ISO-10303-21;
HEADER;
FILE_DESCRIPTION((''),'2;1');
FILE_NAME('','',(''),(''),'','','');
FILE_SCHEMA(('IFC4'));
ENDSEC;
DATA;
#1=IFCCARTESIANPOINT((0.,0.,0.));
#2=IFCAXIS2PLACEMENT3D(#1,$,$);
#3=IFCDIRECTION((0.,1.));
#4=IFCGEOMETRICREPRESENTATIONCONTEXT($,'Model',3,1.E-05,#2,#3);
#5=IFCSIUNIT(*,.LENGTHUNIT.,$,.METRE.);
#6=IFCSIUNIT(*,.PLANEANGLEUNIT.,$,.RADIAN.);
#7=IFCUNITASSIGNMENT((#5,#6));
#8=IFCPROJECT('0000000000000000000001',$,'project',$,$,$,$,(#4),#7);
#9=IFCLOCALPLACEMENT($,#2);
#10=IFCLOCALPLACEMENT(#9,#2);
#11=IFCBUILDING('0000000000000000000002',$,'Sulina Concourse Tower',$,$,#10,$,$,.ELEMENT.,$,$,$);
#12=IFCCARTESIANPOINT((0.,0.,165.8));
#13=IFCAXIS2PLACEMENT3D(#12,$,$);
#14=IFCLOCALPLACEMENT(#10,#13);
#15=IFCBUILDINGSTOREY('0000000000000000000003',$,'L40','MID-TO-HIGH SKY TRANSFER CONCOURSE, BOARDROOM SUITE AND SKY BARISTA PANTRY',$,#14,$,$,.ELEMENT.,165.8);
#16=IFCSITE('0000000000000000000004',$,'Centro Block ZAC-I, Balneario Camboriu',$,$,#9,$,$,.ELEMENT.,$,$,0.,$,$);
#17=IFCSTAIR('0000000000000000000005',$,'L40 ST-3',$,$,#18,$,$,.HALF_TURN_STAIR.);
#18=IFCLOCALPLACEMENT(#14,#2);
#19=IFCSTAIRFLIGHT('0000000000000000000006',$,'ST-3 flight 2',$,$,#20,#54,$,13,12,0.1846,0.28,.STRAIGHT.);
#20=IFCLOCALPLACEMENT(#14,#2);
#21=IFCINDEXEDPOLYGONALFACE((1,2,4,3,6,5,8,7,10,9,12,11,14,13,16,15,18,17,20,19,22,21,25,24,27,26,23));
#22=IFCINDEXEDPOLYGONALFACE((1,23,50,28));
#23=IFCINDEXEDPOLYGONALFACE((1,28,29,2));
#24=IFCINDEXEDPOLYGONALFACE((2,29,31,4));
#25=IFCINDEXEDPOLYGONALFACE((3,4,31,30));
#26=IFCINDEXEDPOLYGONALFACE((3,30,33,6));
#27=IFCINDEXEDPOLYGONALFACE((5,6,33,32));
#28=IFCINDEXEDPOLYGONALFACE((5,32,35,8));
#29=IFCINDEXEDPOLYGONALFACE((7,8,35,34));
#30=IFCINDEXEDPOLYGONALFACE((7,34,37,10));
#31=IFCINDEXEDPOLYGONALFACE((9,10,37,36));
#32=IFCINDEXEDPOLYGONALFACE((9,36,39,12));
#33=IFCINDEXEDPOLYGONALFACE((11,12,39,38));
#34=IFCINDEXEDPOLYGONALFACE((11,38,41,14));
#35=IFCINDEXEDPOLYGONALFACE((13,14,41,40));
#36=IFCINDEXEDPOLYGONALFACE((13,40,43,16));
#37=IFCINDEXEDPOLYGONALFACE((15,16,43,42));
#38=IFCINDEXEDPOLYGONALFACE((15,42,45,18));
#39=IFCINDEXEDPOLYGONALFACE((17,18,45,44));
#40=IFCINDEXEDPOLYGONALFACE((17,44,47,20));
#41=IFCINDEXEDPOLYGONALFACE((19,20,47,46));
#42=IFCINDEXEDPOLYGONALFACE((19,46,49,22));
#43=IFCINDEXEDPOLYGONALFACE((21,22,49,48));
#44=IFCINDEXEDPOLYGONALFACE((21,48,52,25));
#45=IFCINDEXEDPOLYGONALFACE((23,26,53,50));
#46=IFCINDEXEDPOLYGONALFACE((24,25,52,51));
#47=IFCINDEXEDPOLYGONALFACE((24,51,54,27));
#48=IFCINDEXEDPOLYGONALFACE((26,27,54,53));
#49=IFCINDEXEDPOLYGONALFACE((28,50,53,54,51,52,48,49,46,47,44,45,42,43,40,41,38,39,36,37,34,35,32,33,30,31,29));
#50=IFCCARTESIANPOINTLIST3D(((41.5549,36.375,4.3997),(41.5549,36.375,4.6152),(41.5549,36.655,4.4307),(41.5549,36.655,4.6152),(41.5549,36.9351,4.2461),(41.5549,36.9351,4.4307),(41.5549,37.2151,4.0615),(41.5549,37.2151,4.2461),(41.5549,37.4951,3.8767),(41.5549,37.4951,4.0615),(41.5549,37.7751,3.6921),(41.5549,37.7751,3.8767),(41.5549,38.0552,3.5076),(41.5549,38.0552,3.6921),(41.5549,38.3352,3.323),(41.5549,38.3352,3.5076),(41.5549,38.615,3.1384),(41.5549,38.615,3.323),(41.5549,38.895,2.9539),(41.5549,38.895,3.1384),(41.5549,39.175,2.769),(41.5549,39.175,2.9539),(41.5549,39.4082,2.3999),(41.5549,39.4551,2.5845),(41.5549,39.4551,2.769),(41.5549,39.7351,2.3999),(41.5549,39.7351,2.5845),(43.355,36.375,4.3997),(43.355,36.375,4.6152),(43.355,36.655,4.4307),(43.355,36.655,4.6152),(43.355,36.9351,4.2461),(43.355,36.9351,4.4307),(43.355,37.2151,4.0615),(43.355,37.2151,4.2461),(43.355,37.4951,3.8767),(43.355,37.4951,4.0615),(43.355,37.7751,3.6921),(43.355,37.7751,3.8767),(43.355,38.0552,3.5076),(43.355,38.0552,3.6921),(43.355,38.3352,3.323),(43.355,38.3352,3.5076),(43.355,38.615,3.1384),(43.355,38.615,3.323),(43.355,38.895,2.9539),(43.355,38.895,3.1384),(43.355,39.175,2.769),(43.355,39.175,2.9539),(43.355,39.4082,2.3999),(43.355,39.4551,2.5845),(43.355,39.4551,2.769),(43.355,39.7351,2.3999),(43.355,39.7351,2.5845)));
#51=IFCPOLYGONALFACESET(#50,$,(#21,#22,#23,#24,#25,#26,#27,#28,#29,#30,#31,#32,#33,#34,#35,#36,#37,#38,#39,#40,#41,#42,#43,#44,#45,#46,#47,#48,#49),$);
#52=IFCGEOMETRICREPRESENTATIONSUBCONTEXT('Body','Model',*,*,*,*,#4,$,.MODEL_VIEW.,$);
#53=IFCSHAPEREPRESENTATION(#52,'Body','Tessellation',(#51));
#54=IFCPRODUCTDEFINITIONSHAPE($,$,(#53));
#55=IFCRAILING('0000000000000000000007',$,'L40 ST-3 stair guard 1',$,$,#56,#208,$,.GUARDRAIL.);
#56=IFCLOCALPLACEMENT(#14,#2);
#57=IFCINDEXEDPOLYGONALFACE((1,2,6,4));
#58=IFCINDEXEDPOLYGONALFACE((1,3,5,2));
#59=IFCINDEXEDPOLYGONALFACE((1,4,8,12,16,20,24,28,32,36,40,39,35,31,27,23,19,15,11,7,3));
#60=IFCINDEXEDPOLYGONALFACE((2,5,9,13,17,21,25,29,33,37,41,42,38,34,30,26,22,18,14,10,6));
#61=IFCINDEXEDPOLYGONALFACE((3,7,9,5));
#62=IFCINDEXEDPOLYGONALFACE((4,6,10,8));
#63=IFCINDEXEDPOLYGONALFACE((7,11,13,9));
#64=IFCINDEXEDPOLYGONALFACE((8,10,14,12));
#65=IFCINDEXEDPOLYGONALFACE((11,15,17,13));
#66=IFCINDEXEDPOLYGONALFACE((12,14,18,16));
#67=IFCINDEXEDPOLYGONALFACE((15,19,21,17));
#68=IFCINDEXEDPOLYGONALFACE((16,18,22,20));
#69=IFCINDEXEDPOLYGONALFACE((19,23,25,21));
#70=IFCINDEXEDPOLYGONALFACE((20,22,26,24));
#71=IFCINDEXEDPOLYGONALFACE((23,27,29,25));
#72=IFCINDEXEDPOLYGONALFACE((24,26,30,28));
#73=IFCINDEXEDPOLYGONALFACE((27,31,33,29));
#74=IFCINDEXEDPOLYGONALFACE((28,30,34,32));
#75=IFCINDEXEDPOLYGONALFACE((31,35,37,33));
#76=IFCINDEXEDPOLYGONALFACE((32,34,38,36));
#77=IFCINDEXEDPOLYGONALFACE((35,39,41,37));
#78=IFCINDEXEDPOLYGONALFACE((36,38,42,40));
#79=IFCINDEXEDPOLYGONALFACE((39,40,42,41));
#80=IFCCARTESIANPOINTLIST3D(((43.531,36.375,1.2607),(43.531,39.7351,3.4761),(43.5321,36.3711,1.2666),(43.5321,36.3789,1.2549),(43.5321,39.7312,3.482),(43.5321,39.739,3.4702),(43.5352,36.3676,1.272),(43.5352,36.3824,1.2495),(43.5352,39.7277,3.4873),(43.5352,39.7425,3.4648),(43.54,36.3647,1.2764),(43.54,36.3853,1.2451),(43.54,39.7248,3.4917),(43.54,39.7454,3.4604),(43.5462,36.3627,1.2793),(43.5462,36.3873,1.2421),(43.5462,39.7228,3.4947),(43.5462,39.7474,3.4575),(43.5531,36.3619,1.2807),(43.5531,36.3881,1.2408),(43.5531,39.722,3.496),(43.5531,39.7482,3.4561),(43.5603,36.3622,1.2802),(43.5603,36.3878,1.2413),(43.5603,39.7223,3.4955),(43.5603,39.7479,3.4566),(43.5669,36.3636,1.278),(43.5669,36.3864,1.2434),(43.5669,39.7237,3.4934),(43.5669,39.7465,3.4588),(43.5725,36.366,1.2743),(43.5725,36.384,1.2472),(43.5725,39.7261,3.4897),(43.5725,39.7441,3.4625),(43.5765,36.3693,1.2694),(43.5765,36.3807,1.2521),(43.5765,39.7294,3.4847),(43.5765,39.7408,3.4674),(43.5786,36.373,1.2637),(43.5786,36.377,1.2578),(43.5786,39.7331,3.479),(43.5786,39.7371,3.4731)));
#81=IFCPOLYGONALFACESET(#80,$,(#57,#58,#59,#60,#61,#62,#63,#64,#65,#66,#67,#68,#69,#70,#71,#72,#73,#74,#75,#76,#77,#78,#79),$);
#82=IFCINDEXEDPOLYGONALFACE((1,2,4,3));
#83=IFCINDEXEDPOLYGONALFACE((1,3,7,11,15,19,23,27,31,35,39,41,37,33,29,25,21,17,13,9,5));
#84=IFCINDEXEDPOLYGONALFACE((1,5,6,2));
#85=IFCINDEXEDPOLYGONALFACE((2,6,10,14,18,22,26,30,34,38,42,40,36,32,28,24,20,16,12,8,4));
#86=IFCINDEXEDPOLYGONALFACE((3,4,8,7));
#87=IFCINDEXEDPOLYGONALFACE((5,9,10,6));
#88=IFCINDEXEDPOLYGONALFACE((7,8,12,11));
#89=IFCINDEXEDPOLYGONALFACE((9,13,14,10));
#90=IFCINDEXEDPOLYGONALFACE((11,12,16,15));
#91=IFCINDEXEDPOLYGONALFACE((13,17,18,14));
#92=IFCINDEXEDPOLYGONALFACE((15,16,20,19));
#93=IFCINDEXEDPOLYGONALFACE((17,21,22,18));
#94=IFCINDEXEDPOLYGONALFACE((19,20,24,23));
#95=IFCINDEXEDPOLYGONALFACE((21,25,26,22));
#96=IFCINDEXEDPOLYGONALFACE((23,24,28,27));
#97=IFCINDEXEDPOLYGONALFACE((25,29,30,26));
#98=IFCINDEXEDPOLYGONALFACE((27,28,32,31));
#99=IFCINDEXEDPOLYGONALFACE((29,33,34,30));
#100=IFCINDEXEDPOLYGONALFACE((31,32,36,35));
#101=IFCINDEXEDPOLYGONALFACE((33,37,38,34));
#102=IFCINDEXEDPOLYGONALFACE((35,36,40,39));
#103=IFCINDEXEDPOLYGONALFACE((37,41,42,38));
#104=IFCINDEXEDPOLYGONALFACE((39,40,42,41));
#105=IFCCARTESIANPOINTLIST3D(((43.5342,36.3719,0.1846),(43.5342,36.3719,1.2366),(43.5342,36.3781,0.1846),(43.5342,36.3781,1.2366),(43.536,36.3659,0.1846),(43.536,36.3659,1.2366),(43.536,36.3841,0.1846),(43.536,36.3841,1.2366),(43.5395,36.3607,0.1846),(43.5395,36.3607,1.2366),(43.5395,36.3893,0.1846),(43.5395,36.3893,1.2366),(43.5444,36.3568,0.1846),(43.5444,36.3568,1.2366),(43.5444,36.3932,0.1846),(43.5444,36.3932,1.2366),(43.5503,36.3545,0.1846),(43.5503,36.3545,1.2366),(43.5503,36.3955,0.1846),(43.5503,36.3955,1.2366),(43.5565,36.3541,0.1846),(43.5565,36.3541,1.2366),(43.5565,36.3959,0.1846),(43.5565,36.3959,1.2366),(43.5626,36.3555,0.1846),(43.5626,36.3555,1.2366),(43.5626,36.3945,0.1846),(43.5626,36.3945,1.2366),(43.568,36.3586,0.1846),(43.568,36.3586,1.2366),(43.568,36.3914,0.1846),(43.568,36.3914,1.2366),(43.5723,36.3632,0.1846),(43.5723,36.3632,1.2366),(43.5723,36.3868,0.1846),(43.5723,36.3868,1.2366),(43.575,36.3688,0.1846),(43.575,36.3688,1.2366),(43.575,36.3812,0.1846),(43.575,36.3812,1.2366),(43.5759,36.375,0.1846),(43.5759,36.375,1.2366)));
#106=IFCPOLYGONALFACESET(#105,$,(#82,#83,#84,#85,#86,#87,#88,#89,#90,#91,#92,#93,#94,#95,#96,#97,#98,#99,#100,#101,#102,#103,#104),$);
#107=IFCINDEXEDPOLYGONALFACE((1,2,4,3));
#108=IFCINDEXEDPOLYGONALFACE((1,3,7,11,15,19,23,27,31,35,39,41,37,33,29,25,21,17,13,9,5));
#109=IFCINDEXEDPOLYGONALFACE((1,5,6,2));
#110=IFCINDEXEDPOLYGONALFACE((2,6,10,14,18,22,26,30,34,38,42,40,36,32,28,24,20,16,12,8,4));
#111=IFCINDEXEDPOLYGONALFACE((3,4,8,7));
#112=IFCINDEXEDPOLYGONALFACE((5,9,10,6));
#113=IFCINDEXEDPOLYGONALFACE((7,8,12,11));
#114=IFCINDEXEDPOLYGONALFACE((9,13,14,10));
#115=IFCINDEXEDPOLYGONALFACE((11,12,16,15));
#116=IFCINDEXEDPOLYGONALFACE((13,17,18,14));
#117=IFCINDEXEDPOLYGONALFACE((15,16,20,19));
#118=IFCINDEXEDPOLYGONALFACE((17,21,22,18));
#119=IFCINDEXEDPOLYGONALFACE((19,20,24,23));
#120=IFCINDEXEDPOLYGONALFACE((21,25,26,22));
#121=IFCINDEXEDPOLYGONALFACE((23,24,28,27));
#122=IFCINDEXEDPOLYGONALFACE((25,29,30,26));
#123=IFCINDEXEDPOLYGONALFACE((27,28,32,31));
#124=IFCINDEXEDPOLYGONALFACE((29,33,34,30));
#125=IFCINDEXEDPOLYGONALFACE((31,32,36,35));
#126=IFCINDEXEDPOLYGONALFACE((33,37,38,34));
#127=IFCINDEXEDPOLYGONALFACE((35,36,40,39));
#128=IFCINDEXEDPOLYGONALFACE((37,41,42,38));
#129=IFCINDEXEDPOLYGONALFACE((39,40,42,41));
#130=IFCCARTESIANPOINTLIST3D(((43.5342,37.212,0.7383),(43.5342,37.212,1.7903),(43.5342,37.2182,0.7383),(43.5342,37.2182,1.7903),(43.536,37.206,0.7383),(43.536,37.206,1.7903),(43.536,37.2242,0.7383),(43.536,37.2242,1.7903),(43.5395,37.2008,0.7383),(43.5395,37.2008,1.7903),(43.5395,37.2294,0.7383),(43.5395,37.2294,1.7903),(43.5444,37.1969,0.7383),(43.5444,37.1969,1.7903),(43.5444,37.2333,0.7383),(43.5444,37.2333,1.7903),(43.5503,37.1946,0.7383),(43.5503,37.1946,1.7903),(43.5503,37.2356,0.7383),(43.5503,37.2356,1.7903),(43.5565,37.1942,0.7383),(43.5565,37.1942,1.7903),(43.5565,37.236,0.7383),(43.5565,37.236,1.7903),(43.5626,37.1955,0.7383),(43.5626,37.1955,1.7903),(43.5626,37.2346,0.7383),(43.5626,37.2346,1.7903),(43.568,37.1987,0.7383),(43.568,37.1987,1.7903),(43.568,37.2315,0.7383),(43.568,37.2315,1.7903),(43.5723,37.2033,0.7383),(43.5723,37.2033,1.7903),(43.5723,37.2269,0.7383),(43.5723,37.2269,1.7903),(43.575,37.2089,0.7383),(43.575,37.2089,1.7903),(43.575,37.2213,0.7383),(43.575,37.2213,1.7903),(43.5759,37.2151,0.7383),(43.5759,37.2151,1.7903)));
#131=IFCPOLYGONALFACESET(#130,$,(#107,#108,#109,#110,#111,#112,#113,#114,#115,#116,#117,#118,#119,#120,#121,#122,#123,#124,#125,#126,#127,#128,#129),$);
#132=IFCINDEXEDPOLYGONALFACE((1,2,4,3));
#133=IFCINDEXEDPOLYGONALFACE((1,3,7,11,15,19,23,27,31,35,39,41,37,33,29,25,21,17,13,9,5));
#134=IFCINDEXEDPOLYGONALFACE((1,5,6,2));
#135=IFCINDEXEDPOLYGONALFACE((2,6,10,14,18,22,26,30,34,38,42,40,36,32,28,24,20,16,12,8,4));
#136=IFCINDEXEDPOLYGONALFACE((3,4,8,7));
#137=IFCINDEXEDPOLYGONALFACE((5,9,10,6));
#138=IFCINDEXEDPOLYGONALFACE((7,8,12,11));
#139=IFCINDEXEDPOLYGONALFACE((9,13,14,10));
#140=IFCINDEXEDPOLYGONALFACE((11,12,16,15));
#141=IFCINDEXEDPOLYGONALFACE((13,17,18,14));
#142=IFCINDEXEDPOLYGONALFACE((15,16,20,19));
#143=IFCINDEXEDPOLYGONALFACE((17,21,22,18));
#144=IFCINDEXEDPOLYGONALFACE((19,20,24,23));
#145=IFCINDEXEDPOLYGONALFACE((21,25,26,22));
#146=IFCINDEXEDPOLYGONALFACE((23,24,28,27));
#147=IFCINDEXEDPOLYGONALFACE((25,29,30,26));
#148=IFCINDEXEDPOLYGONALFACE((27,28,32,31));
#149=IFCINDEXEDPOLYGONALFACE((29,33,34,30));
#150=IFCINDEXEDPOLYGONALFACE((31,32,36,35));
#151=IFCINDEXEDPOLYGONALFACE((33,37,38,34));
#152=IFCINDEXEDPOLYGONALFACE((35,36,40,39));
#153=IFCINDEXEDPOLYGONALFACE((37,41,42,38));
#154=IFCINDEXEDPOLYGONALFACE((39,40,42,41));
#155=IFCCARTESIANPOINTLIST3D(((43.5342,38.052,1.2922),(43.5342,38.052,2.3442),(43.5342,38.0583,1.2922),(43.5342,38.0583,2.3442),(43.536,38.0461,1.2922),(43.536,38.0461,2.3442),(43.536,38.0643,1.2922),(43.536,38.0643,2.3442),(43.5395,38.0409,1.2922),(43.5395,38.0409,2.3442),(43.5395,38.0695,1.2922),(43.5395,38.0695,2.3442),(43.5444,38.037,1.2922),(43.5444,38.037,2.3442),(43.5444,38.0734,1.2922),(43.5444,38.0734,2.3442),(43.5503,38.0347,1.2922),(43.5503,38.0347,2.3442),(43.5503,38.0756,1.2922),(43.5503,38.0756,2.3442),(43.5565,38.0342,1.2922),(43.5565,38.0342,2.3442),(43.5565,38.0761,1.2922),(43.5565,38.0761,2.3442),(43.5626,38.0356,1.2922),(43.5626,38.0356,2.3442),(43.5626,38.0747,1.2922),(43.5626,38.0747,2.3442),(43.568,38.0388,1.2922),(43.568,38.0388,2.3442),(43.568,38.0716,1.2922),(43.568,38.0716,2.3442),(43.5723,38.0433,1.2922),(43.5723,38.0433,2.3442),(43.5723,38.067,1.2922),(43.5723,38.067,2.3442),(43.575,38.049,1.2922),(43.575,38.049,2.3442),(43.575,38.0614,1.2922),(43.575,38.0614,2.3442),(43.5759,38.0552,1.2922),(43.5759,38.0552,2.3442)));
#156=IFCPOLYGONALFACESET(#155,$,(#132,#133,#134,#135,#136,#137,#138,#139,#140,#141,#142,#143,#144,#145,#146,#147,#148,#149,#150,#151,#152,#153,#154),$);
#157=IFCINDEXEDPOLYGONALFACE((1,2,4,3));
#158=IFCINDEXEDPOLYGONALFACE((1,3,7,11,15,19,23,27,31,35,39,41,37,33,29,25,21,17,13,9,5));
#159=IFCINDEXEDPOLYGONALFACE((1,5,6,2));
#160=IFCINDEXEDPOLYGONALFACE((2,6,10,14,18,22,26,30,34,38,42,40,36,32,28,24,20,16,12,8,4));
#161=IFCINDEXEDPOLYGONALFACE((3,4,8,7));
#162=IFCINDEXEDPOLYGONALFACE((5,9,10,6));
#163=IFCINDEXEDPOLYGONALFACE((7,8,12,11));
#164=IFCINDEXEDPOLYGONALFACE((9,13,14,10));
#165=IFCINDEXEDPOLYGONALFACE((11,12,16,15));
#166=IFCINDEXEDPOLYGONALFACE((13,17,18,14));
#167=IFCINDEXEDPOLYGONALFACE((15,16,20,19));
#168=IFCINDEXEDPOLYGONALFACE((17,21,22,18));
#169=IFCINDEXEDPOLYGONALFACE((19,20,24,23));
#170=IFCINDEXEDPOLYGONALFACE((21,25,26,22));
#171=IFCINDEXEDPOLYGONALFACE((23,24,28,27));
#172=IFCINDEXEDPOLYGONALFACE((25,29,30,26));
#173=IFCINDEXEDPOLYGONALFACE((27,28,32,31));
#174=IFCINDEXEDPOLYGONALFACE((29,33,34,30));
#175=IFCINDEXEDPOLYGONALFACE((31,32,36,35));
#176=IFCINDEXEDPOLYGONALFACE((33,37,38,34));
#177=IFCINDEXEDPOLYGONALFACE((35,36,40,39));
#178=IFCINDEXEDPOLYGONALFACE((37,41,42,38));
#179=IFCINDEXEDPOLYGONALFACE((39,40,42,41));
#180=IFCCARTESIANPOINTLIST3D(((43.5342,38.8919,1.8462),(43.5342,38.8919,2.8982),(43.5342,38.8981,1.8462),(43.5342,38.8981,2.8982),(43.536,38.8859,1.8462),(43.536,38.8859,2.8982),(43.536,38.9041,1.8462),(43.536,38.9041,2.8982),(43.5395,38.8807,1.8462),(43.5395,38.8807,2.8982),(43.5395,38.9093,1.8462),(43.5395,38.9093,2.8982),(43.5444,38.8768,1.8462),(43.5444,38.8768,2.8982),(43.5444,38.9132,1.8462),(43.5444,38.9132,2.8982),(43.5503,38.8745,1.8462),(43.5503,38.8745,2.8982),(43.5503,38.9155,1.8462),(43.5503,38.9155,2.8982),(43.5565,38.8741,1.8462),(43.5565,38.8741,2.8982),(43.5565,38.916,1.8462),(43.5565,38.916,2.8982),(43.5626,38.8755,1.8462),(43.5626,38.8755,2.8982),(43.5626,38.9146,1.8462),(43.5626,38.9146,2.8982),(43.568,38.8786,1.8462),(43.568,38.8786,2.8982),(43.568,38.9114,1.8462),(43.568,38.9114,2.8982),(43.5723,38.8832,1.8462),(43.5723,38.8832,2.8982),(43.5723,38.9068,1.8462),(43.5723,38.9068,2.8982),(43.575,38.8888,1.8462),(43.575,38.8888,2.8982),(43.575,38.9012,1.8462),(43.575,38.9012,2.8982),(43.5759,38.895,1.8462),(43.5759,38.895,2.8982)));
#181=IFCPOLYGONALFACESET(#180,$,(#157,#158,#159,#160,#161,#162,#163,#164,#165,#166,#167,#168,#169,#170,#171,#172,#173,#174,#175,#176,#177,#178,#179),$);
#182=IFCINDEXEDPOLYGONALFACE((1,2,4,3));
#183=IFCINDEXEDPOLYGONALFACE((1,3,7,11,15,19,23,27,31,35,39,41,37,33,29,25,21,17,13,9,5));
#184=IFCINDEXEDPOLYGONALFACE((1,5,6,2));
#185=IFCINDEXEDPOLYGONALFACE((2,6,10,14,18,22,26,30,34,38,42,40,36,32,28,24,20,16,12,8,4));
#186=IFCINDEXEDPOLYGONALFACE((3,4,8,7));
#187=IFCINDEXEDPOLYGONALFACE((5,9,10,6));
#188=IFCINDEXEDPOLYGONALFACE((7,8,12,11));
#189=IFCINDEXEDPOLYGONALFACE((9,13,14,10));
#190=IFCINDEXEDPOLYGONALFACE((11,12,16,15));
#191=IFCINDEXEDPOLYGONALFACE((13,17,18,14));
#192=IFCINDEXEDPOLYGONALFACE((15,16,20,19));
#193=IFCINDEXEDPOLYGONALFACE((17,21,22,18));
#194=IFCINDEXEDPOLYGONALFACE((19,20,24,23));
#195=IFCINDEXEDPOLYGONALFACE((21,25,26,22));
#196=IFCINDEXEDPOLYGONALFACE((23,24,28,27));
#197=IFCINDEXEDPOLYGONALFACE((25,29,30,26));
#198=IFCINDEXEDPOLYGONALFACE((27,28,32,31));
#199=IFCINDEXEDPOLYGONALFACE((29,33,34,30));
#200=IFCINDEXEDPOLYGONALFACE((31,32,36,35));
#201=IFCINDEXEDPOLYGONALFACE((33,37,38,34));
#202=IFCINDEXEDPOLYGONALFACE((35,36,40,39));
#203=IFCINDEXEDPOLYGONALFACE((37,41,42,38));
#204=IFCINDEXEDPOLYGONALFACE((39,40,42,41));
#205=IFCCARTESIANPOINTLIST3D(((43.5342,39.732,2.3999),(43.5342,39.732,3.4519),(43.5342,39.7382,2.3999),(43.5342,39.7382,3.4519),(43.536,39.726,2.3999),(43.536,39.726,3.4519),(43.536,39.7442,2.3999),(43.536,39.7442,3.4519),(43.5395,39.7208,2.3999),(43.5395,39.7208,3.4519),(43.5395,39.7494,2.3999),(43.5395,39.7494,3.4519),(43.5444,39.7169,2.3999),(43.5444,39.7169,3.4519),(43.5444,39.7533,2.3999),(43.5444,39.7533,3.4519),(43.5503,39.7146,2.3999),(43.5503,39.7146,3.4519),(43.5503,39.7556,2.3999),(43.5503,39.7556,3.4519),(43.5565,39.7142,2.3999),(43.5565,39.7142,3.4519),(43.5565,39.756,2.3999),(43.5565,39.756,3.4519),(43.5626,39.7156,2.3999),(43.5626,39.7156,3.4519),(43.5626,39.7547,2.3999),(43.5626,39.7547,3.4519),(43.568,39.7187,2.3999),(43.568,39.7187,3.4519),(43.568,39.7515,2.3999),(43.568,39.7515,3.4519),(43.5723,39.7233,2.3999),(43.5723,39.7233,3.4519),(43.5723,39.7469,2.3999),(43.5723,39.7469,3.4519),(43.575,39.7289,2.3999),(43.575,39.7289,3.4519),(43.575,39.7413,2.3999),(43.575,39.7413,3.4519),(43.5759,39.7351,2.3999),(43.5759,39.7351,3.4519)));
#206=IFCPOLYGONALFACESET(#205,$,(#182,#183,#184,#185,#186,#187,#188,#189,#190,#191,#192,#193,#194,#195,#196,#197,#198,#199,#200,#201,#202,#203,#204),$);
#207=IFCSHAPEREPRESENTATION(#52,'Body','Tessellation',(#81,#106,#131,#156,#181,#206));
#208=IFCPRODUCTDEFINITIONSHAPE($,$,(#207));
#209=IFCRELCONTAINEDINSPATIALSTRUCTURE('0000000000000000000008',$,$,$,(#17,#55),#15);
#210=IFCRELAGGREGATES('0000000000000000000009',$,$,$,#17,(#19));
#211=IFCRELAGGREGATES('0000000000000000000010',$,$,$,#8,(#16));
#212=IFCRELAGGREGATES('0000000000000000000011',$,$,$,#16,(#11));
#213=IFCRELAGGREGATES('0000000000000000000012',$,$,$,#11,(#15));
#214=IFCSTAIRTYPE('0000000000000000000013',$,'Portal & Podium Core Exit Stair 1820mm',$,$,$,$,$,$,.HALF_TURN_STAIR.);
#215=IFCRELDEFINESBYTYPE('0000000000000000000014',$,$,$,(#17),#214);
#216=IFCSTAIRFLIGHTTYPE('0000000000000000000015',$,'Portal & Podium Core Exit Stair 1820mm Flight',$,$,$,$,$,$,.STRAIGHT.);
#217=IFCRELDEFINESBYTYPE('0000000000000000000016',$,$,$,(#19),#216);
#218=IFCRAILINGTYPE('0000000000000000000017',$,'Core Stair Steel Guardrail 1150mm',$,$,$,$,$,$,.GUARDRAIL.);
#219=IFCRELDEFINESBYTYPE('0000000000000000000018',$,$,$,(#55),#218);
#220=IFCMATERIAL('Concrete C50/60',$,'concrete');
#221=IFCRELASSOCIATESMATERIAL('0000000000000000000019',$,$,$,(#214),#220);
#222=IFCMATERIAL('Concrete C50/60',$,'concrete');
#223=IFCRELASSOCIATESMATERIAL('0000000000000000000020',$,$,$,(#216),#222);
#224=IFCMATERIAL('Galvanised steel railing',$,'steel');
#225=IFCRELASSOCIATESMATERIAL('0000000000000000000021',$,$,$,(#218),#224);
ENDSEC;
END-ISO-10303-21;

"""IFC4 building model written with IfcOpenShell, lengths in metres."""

from ifc_helpers import new_model, si_unit, direction, frame, origin, origin_2d, place, context, subcontext, project, spatial, polyline, circle, outline, extrude, material, type_object, element, aggregate, save


model = new_model("IFC4")

# Units and contexts
model_context = context("Model", 3, precision=1e-05, world=origin(), true_north=direction((0.0, 1.0)))
body_context = subcontext(model_context, "Body", "Model", "MODEL_VIEW")
ifc_project = project(units=[si_unit("LENGTHUNIT", "METRE"), si_unit("PLANEANGLEUNIT", "RADIAN")], contexts=[model_context])

# Site, building, storey
site_placement = place(None, origin())
site = spatial("IfcSite", under=ifc_project, at=site_placement, Name="Centro Block ZAC-I, Balneario Camboriu", CompositionType="ELEMENT", RefElevation=0.0)
building_placement = place(site_placement, origin())
building = spatial("IfcBuilding", under=site, at=building_placement, Name="Sulina Concourse Tower", CompositionType="ELEMENT")
storey_placement = place(building_placement, frame((0.0, 0.0, 165.8)))
storey = spatial("IfcBuildingStorey", under=building, at=storey_placement, Name="L40", Description="MID-TO-HIGH SKY TRANSFER CONCOURSE, BOARDROOM SUITE AND SKY BARISTA PANTRY", CompositionType="ELEMENT", Elevation=165.8)

# Stair, stair flight
ifc_material_1 = material(Name="Concrete C50/60", Category="concrete")
stair_type = type_object("IfcStairType", Name="Portal & Podium Core Exit Stair 1820mm", PredefinedType="HALF_TURN_STAIR", material=ifc_material_1)
stair_placement = place(storey_placement, origin())
stair = element("IfcStair", 1, at=stair_placement, inside=storey, type_object=stair_type, Name="L40 ST-3", PredefinedType="HALF_TURN_STAIR")
ifc_material_2 = material(Name="Concrete C50/60", Category="concrete")
stair_flight_type = type_object("IfcStairFlightType", Name="Portal & Podium Core Exit Stair 1820mm Flight", PredefinedType="STRAIGHT", material=ifc_material_2)
stair_flight_1_placement = place(storey_placement, frame((42.4551, 39.7351, 2.3999), z_axis=(0.0, 0.0, 1.0), x_axis=(0.0, -1.0, 0.0)))
stair_flight_1 = element("IfcStairFlight", 2, at=stair_flight_1_placement, type_object=stair_flight_type, Name="ST-3 flight 2", NumberOfRisers=13, NumberOfTreads=12, PredefinedType="STRAIGHT", RiserHeight=0.1846, TreadLength=0.28, context=body_context, shape_type="SweptSolid", body=[
    extrude(outline(polyline([(0.0, 0.0), (0.0, 0.1846), (0.28, 0.1846), (0.28, 0.3691), (0.5601, 0.3691), (0.5601, 0.554), (0.8401, 0.554), (0.8401, 0.7385), (1.1201, 0.7385), (1.1201, 0.9231), (1.3999, 0.9231), (1.3999, 1.1077), (1.6799, 1.1077), (1.6799, 1.2922), (1.96, 1.2922), (1.96, 1.4768), (2.24, 1.4768), (2.24, 1.6616), (2.52, 1.6616), (2.52, 1.8462), (2.8, 1.8462), (2.8, 2.0308), (3.0801, 2.0308), (3.0801, 2.2153), (3.3601, 2.2153), (3.3601, 2.3999), (3.3601, 1.9998), (0.3269, 0.0), (0.0, 0.0)])), frame((0.0, 0.8999, 0.0), z_axis=(0.0, -1.0, 0.0), x_axis=(1.0, 0.0, 0.0)), (0.0, 0.0, 1.0), 1.8),
])
aggregate(stair, [stair_flight_1])

# Railing
ifc_material_3 = material(Name="Galvanised steel railing", Category="steel")
railing_type_1 = type_object("IfcRailingType", Name="Core Stair Steel Guardrail 1150mm", PredefinedType="GUARDRAIL", material=ifc_material_3)
railing_1_placement = place(storey_placement, frame((43.5549, 36.375, 0.1846)))
element("IfcRailing", 3, at=railing_1_placement, inside=storey, type_object=railing_type_1, Name="L40 ST-3 stair guard 1", PredefinedType="GUARDRAIL", context=body_context, shape_type="SweptSolid", body=[
    extrude(circle(Radius=0.0239, at=origin_2d()), frame((0.0, 0.0, 1.0762), z_axis=(0.0, 0.834876, 0.550437), x_axis=(-1.0, 0.0, 0.0)), (0.0, 0.0, 1.0), 4.0247),
    extrude(circle(Radius=0.021, at=origin_2d()), origin(), (0.0, 0.0, 1.0), 1.052),
    extrude(circle(Radius=0.021, at=origin_2d()), frame((0.0, 0.8401, 0.5537)), (0.0, 0.0, 1.0), 1.052),
    extrude(circle(Radius=0.021, at=origin_2d()), frame((0.0, 1.6802, 1.1077)), (0.0, 0.0, 1.0), 1.052),
    extrude(circle(Radius=0.021, at=origin_2d()), frame((0.0, 2.52, 1.6616)), (0.0, 0.0, 1.0), 1.052),
    extrude(circle(Radius=0.021, at=origin_2d()), frame((0.0, 3.3601, 2.2153)), (0.0, 0.0, 1.0), 1.052),
])

save(model, "model.ifc")
